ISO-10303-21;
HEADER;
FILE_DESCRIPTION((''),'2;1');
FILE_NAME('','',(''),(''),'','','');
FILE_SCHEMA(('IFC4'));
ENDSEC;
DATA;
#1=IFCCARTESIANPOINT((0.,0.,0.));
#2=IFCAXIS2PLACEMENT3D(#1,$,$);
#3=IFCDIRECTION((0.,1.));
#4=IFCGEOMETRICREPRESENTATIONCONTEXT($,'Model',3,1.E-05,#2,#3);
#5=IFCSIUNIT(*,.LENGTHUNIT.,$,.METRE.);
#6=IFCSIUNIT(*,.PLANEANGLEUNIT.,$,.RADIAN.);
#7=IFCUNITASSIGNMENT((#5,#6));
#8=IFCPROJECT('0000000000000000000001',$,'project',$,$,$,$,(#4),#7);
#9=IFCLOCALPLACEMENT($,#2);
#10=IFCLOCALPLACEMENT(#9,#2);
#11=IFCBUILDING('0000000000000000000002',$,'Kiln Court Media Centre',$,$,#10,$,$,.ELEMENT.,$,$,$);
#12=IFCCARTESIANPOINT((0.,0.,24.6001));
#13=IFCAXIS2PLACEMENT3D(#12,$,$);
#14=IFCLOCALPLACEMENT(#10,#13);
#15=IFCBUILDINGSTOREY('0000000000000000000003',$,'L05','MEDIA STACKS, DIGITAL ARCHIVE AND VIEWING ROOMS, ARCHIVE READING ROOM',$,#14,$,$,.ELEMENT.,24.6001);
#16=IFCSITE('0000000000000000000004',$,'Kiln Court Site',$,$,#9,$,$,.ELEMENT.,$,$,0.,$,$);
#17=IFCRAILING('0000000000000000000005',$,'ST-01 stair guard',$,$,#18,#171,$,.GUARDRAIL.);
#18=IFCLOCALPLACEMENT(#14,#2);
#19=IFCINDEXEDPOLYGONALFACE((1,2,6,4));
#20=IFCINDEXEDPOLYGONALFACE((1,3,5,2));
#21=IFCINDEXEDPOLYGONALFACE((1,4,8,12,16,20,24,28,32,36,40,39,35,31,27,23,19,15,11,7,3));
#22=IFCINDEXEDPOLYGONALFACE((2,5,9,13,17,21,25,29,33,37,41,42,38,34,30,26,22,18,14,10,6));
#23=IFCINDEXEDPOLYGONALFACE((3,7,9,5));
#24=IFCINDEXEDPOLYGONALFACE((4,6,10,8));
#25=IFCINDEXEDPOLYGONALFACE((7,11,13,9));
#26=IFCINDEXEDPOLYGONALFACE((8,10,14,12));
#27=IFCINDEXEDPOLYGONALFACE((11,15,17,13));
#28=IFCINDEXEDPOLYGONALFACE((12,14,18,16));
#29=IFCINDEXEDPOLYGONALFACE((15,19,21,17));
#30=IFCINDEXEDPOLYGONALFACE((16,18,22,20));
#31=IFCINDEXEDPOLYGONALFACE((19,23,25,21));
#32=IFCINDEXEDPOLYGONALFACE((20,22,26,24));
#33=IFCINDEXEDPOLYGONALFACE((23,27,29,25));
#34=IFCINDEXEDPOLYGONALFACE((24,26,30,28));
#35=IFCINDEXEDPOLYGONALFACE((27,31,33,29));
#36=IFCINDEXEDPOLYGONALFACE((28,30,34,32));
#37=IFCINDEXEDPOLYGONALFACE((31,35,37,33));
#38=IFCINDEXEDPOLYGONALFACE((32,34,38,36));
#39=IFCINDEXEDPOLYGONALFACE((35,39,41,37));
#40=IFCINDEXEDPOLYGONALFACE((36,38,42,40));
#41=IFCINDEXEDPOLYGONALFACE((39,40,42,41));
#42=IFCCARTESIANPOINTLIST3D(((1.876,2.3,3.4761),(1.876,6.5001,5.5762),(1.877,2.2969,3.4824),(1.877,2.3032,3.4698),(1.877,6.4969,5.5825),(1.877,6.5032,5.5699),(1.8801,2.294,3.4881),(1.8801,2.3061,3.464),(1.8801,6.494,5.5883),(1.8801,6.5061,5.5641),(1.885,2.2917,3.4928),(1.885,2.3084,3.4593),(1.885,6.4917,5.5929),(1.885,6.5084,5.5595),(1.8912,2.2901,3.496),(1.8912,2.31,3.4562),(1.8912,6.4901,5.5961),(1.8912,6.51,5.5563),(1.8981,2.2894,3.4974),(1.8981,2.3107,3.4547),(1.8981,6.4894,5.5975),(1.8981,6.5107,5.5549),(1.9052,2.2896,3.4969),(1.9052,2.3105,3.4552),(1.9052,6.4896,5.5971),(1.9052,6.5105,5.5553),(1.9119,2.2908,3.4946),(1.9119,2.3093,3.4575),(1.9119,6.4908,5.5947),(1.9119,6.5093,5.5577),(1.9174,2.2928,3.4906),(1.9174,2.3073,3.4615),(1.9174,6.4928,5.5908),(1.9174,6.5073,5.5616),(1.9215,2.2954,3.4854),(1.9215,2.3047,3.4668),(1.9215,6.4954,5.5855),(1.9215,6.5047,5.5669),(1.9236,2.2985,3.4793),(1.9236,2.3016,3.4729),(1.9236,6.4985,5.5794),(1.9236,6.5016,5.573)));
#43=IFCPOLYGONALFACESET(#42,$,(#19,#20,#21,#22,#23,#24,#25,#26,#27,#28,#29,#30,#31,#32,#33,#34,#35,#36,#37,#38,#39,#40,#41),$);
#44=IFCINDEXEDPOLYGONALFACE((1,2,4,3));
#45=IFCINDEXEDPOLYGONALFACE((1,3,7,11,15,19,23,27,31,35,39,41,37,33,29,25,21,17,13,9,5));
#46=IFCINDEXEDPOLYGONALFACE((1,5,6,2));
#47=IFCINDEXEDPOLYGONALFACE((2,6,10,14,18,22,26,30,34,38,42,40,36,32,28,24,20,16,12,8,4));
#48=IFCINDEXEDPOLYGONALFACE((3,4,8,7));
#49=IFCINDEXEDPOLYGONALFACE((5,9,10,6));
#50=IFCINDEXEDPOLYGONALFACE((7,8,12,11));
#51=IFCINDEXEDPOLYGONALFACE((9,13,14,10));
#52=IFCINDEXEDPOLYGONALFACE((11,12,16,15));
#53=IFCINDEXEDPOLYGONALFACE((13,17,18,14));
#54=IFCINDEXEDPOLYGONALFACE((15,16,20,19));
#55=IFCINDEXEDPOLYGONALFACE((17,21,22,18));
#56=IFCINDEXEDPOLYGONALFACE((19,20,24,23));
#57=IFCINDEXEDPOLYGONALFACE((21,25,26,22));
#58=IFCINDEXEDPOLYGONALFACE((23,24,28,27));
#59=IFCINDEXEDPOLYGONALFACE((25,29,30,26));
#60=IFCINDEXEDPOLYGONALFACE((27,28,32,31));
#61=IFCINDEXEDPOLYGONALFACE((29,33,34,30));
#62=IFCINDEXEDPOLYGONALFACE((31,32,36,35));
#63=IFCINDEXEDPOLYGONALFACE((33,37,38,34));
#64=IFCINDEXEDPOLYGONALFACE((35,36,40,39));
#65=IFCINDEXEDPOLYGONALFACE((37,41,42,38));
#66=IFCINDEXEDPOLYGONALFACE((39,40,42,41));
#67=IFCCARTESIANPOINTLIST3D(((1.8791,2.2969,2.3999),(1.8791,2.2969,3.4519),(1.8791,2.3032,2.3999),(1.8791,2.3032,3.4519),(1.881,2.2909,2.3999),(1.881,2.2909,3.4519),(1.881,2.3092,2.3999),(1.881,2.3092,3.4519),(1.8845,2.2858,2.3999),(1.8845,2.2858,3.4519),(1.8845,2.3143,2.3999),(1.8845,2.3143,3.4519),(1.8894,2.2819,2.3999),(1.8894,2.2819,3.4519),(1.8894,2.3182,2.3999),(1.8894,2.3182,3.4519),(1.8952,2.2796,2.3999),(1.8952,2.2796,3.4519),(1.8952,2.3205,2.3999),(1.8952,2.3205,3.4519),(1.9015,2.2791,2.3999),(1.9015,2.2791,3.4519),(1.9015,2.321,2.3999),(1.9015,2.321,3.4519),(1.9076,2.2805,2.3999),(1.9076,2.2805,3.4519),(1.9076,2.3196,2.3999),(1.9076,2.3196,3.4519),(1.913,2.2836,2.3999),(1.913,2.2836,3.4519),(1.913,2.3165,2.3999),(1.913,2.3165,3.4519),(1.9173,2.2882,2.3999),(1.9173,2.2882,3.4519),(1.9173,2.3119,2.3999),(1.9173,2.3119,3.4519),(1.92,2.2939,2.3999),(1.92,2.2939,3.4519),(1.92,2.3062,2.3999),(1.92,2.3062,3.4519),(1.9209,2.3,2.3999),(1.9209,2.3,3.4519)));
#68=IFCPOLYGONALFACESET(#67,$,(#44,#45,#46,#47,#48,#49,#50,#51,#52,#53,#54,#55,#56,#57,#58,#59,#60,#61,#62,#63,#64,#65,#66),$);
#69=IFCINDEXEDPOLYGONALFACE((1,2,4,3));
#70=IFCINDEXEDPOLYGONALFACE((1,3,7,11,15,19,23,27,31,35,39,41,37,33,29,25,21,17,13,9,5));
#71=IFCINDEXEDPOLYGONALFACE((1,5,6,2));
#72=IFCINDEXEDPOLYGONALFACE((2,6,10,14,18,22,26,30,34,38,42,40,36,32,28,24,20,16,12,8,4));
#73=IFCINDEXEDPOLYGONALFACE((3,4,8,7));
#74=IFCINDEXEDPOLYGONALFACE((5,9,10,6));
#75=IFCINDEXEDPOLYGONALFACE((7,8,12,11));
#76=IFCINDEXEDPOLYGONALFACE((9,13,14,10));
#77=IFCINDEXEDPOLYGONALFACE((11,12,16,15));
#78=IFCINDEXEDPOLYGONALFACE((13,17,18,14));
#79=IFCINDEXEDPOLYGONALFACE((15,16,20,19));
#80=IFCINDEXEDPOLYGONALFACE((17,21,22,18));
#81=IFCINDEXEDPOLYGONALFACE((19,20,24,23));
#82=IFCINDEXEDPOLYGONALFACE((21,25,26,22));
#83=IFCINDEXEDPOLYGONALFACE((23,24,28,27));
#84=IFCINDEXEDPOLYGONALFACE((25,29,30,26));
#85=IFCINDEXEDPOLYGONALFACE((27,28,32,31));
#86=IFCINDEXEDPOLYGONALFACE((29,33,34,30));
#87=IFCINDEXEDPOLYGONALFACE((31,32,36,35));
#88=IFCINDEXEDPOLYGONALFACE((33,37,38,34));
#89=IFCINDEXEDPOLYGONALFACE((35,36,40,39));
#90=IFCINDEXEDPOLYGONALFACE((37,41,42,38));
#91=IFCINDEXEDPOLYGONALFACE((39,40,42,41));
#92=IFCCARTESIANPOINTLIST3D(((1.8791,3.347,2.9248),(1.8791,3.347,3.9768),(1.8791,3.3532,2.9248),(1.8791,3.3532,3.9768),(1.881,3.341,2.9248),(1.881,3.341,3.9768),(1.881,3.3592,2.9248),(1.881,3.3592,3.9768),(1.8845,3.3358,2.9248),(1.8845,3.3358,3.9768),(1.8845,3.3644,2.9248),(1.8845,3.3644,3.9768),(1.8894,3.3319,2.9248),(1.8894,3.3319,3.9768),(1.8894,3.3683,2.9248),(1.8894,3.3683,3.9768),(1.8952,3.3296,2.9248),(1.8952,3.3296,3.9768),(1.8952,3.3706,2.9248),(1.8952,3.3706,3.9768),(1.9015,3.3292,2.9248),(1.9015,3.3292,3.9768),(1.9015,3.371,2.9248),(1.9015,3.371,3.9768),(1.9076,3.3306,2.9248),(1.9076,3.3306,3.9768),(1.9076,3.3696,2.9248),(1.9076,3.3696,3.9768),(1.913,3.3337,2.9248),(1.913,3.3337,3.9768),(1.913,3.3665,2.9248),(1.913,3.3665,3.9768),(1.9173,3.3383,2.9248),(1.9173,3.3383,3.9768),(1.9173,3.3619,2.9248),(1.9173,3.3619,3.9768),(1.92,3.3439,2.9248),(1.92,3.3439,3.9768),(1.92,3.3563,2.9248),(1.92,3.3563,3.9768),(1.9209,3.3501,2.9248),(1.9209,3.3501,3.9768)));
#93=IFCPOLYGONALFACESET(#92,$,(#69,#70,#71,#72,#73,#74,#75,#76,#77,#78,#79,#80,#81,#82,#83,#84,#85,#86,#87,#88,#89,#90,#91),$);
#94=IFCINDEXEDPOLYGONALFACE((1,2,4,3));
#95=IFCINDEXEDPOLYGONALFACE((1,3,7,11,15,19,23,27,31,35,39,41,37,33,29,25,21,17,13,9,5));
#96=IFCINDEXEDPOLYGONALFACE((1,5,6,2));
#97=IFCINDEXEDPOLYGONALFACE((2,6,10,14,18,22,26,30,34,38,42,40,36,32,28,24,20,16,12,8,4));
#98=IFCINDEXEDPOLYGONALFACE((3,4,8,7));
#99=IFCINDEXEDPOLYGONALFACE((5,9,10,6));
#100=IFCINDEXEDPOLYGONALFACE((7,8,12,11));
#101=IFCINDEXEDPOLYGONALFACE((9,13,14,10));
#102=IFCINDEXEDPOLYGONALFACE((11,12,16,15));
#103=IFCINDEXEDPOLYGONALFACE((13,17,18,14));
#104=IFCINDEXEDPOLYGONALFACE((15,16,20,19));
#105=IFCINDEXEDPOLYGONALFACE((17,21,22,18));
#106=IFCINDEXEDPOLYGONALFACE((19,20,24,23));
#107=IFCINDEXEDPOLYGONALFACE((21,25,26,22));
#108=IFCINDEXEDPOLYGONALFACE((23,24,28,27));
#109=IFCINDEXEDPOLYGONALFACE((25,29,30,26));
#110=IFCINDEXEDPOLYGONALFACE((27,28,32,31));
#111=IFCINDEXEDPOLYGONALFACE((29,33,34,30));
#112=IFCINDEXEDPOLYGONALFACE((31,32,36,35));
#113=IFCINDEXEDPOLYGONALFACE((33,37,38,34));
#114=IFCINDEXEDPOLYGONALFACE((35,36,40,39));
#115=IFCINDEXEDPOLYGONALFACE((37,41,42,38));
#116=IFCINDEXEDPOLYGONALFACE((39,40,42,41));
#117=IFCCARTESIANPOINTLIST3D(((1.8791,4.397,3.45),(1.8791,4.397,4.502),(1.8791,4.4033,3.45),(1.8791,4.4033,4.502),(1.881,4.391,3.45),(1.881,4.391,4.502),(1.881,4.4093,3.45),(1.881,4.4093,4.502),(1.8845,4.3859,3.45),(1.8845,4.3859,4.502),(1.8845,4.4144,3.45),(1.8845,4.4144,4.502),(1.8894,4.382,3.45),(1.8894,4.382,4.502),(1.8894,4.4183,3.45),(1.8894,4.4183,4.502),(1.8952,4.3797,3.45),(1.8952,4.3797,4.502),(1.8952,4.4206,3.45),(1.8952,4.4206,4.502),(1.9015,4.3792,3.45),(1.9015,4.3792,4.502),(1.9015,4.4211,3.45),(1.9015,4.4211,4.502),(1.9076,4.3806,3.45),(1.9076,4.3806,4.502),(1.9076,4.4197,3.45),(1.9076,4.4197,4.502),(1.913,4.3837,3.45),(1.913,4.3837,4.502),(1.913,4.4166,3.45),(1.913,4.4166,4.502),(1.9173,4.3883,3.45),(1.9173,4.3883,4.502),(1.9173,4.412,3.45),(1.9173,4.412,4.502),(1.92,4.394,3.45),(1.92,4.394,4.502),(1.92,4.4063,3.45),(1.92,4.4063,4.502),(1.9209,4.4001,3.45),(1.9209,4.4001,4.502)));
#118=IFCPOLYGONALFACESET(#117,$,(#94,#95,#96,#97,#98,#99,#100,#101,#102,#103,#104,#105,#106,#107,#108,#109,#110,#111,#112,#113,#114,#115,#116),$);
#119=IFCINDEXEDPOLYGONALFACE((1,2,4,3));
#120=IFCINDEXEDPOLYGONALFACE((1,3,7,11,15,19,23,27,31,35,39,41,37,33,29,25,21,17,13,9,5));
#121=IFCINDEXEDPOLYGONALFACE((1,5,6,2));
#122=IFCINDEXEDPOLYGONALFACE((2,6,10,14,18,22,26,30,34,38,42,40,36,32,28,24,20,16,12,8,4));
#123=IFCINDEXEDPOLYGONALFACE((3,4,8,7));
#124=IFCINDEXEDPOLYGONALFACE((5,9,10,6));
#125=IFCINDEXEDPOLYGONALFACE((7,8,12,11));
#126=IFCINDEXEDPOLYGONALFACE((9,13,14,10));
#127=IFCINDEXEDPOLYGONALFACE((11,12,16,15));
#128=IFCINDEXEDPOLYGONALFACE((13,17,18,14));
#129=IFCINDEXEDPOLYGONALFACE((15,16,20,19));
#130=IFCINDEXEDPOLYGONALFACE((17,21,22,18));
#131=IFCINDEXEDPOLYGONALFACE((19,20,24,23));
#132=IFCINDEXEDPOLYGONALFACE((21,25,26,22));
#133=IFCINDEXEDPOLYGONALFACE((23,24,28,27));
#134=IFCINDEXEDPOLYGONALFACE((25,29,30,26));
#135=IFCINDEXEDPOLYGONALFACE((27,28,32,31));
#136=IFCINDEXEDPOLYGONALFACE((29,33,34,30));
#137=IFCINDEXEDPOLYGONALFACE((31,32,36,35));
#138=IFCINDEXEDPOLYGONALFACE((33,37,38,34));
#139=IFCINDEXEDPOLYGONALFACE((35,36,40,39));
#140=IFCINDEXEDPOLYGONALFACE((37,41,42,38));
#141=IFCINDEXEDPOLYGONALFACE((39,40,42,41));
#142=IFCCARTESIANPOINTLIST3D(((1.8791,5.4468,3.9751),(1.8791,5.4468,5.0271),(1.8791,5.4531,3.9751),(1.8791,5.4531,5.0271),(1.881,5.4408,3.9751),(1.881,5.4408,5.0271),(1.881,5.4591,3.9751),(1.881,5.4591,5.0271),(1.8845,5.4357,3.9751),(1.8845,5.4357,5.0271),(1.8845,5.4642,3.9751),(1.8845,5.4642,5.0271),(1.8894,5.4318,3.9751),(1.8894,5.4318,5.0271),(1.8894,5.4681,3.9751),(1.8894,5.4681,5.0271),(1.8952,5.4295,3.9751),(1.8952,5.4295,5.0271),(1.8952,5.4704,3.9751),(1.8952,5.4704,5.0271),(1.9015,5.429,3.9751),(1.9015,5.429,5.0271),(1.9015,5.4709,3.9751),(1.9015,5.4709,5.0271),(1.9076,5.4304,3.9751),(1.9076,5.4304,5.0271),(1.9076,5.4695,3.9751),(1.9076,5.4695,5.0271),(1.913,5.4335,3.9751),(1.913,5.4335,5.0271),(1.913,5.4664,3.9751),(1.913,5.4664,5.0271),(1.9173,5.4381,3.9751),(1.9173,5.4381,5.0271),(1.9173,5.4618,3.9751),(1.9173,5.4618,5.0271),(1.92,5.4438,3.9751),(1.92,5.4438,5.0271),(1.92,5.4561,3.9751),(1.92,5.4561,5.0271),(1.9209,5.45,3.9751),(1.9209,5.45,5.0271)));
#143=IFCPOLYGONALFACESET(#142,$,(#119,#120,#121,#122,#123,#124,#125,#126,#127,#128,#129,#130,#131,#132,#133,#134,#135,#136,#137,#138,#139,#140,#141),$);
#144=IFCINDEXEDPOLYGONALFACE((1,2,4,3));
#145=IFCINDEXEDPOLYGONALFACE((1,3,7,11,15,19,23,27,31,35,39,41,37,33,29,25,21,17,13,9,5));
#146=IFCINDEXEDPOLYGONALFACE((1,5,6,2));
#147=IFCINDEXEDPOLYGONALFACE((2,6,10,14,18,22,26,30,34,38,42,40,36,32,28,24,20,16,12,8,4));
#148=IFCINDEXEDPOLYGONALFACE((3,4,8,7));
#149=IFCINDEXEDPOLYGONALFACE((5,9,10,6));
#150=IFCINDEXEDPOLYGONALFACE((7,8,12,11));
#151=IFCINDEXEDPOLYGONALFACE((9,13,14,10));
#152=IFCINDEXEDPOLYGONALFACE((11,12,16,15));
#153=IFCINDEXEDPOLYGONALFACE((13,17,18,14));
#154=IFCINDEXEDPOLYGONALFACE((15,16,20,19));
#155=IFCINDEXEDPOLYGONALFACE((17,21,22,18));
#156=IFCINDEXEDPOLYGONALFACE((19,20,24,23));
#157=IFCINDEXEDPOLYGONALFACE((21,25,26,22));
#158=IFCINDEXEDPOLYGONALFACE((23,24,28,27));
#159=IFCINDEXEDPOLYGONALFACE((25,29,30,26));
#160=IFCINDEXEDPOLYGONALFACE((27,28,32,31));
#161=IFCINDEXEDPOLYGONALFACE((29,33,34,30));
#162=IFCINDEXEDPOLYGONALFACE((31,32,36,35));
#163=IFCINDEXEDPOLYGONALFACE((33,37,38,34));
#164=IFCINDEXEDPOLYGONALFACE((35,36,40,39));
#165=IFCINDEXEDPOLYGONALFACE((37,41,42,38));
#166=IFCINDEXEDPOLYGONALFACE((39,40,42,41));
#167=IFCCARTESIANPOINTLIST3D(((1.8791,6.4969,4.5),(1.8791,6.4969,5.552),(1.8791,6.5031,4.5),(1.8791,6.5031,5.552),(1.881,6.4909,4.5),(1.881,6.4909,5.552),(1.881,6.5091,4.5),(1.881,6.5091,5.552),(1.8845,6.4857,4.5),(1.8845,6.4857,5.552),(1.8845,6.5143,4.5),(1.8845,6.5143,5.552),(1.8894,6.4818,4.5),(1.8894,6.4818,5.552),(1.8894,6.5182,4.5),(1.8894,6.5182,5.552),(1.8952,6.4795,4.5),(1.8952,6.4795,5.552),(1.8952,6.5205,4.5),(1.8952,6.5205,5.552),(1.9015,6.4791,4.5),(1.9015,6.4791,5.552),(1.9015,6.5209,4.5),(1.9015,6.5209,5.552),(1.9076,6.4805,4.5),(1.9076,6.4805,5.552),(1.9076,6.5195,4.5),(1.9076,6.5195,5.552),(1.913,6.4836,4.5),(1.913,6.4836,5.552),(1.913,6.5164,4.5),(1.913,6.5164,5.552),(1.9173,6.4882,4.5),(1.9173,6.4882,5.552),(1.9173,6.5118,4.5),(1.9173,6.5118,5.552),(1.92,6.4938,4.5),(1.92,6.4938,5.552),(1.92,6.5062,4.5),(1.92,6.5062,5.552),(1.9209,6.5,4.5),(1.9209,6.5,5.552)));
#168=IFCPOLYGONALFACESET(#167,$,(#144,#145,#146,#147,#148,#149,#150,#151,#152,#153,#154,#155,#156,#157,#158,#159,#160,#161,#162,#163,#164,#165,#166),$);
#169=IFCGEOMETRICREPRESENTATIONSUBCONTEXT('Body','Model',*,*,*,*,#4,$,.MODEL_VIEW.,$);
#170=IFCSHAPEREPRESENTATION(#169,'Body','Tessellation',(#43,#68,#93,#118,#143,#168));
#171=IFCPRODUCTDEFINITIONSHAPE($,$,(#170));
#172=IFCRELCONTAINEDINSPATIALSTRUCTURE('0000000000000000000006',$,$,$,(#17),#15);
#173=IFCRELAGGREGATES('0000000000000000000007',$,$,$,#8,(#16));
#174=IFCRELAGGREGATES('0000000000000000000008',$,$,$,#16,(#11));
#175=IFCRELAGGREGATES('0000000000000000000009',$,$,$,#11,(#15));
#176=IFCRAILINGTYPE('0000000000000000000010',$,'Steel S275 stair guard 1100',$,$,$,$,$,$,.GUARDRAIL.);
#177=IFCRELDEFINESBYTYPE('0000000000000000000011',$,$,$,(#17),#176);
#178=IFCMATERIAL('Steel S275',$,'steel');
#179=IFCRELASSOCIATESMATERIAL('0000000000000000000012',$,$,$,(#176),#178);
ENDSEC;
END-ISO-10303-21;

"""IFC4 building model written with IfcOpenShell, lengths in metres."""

from ifc_helpers import new_model, si_unit, direction, frame, origin, origin_2d, place, context, subcontext, project, spatial, circle, extrude, material, type_object, element, save


model = new_model("IFC4")

# Units and contexts
model_context = context("Model", 3, precision=1e-05, world=origin(), true_north=direction((0.0, 1.0)))
body_context = subcontext(model_context, "Body", "Model", "MODEL_VIEW")
ifc_project = project(units=[si_unit("LENGTHUNIT", "METRE"), si_unit("PLANEANGLEUNIT", "RADIAN")], contexts=[model_context])

# Site, building, storey
site_placement = place(None, origin())
site = spatial("IfcSite", under=ifc_project, at=site_placement, Name="Kiln Court Site", CompositionType="ELEMENT", RefElevation=0.0)
building_placement = place(site_placement, origin())
building = spatial("IfcBuilding", under=site, at=building_placement, Name="Kiln Court Media Centre", CompositionType="ELEMENT")
storey_placement = place(building_placement, frame((0.0, 0.0, 24.6001)))
storey = spatial("IfcBuildingStorey", under=building, at=storey_placement, Name="L05", Description="MEDIA STACKS, DIGITAL ARCHIVE AND VIEWING ROOMS, ARCHIVE READING ROOM", CompositionType="ELEMENT", Elevation=24.6001)

# Railing
ifc_material_1 = material(Name="Steel S275", Category="steel")
railing_type_1 = type_object("IfcRailingType", Name="Steel S275 stair guard 1100", PredefinedType="GUARDRAIL", material=ifc_material_1)
railing_1_placement = place(storey_placement, frame((1.8999, 2.3, 2.3999)))
element("IfcRailing", 1, at=railing_1_placement, inside=storey, type_object=railing_type_1, Name="ST-01 stair guard", PredefinedType="GUARDRAIL", context=body_context, shape_type="SweptSolid", body=[
    extrude(circle(Radius=0.0239, at=origin_2d()), frame((0.0, 0.0, 1.0762), z_axis=(0.0, 0.894417, 0.447234), x_axis=(-1.0, 0.0, 0.0)), (0.0, 0.0, 1.0), 4.6958),
    extrude(circle(Radius=0.021, at=origin_2d()), origin(), (0.0, 0.0, 1.0), 1.052),
    extrude(circle(Radius=0.021, at=origin_2d()), frame((0.0, 1.05, 0.5249)), (0.0, 0.0, 1.0), 1.052),
    extrude(circle(Radius=0.021, at=origin_2d()), frame((0.0, 2.1001, 1.05)), (0.0, 0.0, 1.0), 1.052),
    extrude(circle(Radius=0.021, at=origin_2d()), frame((0.0, 3.1499, 1.5752)), (0.0, 0.0, 1.0), 1.052),
    extrude(circle(Radius=0.021, at=origin_2d()), frame((0.0, 4.2, 2.1001)), (0.0, 0.0, 1.0), 1.052),
])

save(model, "model.ifc")
